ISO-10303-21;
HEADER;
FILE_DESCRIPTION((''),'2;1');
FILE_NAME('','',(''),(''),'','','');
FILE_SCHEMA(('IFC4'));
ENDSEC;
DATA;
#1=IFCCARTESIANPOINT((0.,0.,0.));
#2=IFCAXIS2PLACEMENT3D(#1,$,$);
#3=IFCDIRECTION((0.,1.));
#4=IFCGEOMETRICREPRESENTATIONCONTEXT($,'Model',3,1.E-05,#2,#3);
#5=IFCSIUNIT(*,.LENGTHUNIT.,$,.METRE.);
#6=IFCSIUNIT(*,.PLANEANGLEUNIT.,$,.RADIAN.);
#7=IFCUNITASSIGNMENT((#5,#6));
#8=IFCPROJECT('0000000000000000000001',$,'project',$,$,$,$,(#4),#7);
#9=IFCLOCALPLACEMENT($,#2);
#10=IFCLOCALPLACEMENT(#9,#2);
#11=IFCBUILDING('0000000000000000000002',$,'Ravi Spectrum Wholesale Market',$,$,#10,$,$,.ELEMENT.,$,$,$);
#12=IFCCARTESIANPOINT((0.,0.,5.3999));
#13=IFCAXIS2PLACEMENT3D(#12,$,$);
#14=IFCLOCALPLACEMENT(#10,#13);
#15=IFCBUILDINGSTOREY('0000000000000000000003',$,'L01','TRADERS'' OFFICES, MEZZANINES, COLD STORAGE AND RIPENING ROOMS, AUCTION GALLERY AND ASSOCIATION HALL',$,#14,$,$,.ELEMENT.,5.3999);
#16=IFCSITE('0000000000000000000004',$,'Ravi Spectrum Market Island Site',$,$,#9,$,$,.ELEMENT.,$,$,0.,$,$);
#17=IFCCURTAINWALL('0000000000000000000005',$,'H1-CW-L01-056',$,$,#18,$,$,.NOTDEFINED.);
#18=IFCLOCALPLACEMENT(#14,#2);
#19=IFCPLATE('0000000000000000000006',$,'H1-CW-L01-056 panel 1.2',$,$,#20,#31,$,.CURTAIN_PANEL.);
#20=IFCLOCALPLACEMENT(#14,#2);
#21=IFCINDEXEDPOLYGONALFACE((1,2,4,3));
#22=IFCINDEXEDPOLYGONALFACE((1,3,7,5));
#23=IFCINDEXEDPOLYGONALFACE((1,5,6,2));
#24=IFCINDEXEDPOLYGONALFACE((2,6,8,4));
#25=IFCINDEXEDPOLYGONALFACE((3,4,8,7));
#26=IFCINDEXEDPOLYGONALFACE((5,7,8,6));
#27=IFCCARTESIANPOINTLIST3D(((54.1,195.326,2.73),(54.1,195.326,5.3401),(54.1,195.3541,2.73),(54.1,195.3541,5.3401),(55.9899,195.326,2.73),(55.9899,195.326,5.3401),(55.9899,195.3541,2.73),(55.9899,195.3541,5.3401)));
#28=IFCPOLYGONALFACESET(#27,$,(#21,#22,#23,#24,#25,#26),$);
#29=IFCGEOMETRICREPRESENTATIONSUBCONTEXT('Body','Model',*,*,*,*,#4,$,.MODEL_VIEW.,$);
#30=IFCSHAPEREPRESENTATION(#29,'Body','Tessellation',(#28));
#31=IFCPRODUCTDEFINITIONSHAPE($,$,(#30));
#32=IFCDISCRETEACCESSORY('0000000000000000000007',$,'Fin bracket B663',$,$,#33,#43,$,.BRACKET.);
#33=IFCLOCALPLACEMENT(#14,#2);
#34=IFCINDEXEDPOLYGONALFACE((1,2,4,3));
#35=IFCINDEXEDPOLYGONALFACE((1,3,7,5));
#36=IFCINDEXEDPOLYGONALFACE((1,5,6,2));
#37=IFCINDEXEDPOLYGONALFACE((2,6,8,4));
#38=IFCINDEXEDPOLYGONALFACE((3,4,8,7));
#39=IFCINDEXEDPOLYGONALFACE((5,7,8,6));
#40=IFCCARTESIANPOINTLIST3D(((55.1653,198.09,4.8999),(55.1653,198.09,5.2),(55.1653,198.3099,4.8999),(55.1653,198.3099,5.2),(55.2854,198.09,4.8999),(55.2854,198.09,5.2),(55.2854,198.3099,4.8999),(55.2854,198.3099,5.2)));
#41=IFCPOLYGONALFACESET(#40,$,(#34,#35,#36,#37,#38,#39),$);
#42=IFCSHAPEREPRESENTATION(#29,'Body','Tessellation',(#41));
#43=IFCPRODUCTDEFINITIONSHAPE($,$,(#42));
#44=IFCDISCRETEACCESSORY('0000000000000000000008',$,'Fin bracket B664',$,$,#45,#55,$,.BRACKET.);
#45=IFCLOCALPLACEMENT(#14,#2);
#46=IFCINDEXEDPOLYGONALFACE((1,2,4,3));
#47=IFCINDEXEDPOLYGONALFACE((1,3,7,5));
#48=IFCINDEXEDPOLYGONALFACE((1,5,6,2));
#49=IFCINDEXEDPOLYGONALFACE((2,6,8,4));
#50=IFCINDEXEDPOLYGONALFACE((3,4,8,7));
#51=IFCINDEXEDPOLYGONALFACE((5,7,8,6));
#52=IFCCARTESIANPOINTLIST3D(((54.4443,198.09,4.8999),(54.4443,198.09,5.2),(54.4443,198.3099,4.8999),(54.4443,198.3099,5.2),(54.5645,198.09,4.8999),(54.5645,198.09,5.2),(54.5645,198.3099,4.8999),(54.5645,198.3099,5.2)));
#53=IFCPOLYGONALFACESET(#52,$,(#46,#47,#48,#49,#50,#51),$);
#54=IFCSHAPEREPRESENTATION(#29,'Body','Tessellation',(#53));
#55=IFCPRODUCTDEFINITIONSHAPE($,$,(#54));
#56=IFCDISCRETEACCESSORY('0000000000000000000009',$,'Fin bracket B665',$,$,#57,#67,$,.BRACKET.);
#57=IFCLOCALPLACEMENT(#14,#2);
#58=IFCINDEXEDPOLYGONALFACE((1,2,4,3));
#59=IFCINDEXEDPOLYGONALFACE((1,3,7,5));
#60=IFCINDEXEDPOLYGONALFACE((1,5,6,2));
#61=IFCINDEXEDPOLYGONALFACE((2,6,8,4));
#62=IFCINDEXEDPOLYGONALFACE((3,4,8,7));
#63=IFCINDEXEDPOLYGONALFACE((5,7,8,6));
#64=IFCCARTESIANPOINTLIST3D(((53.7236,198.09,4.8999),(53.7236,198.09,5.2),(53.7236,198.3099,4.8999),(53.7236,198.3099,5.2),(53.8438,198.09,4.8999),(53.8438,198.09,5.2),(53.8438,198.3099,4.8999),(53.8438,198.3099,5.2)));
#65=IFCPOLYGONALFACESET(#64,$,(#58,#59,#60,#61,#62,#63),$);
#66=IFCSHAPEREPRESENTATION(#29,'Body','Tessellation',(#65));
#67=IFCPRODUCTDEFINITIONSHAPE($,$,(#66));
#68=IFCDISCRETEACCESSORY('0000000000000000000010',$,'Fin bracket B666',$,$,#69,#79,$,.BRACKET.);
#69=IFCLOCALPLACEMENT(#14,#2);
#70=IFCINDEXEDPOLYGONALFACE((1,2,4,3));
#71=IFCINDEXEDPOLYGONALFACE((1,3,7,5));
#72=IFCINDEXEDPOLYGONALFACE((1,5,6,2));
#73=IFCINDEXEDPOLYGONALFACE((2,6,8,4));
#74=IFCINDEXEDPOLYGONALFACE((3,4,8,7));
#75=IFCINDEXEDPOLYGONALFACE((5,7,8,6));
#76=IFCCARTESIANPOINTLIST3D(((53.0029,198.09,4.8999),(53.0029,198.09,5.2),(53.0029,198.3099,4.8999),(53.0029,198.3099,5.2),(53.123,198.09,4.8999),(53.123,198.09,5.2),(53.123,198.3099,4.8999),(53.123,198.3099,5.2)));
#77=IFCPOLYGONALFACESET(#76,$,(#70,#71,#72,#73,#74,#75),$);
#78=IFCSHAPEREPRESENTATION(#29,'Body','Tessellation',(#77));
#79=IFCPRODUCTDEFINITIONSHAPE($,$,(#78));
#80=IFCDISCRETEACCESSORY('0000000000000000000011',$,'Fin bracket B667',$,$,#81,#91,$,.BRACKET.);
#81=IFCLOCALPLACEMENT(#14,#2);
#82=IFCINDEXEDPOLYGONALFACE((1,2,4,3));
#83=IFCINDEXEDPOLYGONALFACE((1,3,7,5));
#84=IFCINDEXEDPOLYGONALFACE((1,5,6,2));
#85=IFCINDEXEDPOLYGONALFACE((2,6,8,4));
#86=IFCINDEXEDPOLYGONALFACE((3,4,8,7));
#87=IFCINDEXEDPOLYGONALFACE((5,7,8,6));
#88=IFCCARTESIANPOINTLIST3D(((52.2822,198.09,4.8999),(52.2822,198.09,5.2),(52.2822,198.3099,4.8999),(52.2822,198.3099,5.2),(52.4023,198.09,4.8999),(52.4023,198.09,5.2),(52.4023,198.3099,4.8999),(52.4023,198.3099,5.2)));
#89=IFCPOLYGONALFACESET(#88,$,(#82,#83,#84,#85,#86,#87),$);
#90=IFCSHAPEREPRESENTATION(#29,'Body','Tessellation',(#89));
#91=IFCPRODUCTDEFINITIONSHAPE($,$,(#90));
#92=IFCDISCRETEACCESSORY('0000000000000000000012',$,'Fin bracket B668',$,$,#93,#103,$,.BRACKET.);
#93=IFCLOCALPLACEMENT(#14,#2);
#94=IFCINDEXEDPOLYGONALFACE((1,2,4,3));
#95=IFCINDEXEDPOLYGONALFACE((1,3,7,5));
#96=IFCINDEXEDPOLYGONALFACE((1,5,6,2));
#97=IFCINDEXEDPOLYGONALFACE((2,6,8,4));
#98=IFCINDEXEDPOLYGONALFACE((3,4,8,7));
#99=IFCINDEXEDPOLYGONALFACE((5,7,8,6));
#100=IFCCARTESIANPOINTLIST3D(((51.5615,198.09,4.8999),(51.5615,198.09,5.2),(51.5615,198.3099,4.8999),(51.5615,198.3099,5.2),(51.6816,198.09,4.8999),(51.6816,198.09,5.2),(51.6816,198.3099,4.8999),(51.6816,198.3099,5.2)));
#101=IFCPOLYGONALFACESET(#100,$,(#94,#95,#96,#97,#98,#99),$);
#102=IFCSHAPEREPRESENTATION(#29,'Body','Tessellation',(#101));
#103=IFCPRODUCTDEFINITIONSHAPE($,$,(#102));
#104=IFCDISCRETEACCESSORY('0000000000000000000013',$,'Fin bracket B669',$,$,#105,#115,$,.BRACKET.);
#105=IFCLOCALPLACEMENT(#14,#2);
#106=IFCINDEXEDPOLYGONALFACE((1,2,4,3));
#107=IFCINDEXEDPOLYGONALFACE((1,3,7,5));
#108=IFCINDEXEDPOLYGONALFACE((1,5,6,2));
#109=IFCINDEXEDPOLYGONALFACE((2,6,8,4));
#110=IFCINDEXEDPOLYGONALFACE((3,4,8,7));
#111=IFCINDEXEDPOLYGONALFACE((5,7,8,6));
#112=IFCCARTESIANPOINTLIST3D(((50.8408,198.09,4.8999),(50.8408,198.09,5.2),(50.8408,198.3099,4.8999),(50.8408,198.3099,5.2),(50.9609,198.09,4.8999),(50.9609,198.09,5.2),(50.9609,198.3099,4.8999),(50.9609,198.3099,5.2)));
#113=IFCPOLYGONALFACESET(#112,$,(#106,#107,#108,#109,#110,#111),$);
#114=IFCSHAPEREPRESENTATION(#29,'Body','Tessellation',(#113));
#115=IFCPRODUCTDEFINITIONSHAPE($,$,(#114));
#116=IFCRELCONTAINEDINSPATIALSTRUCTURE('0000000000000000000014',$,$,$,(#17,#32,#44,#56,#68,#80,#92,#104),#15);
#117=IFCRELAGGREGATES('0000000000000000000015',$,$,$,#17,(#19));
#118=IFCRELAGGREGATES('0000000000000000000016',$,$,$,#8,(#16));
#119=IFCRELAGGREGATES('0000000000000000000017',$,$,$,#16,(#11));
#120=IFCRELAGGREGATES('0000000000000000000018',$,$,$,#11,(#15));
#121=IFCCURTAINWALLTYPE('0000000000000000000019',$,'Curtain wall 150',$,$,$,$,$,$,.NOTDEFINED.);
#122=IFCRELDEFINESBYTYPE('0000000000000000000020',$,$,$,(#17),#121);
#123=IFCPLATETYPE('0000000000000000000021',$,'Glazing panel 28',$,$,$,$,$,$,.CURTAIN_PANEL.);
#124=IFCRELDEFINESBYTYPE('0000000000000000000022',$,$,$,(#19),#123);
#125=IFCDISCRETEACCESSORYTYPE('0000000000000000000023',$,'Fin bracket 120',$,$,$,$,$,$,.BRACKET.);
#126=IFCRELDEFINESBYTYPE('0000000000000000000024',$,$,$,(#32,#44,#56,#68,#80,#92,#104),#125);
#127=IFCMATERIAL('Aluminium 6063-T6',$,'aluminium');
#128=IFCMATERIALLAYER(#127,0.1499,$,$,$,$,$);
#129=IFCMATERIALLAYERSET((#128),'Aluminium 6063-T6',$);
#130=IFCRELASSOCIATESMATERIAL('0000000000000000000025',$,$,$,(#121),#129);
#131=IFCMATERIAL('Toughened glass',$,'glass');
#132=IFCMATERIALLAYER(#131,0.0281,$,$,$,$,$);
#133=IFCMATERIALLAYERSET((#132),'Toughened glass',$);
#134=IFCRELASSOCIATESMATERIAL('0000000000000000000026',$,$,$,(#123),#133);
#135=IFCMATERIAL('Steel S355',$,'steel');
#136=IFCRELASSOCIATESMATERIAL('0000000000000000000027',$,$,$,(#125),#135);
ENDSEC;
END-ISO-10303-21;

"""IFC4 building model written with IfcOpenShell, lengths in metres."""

from ifc_helpers import new_model, si_unit, direction, frame, origin, origin_2d, place, context, subcontext, project, spatial, rectangle, extrude, material, layer, layer_set, type_object, element, aggregate, save


model = new_model("IFC4")

# Units and contexts
model_context = context("Model", 3, precision=1e-05, world=origin(), true_north=direction((0.0, 1.0)))
body_context = subcontext(model_context, "Body", "Model", "MODEL_VIEW")
ifc_project = project(units=[si_unit("LENGTHUNIT", "METRE"), si_unit("PLANEANGLEUNIT", "RADIAN")], contexts=[model_context])

# Site, building, storey
site_placement = place(None, origin())
site = spatial("IfcSite", under=ifc_project, at=site_placement, Name="Ravi Spectrum Market Island Site", CompositionType="ELEMENT", RefElevation=0.0)
building_placement = place(site_placement, origin())
building = spatial("IfcBuilding", under=site, at=building_placement, Name="Ravi Spectrum Wholesale Market", CompositionType="ELEMENT")
storey_placement = place(building_placement, frame((0.0, 0.0, 5.3999)))
storey = spatial("IfcBuildingStorey", under=building, at=storey_placement, Name="L01", Description="TRADERS' OFFICES, MEZZANINES, COLD STORAGE AND RIPENING ROOMS, AUCTION GALLERY AND ASSOCIATION HALL", CompositionType="ELEMENT", Elevation=5.3999)

# Shared definitions
ifc_material_1 = material(Name="Aluminium 6063-T6", Category="aluminium")
ifc_layer_1 = layer(ifc_material_1, 0.1499)
ifc_layer_set_1 = layer_set([ifc_layer_1], Name="Aluminium 6063-T6")
curtain_wall_type = type_object("IfcCurtainWallType", Name="Curtain wall 150", PredefinedType="NOTDEFINED", material=ifc_layer_set_1)

# Curtain wall
curtain_wall_1_placement = place(storey_placement, origin())
curtain_wall_1 = element("IfcCurtainWall", 1, at=curtain_wall_1_placement, inside=storey, type_object=curtain_wall_type, Name="H1-CW-L01-056", PredefinedType="NOTDEFINED")

# Plate
ifc_material_2 = material(Name="Toughened glass", Category="glass")
ifc_layer_2 = layer(ifc_material_2, 0.0281)
ifc_layer_set_2 = layer_set([ifc_layer_2], Name="Toughened glass")
plate_type = type_object("IfcPlateType", Name="Glazing panel 28", PredefinedType="CURTAIN_PANEL", material=ifc_layer_set_2)
plate_1_placement = place(storey_placement, frame((55.0449, 195.3401, 2.73), z_axis=(0.0, 0.0, 1.0), x_axis=(1.0, 0.0, 0.0)))
plate_1 = element("IfcPlate", 2, at=plate_1_placement, type_object=plate_type, Name="H1-CW-L01-056 panel 1.2", PredefinedType="CURTAIN_PANEL", context=body_context, shape_type="SweptSolid", body=[
    extrude(rectangle(XDim=1.8899, YDim=0.0281, at=origin_2d()), origin(), (0.0, 0.0, 1.0), 2.6101),
])
aggregate(curtain_wall_1, [plate_1])

# Discrete accessories
ifc_material_3 = material(Name="Steel S355", Category="steel")
discrete_accessory_type = type_object("IfcDiscreteAccessoryType", Name="Fin bracket 120", PredefinedType="BRACKET", material=ifc_material_3)
for number, where, z_axis, x_axis, name in (
    (3, (55.2253, 198.2, 4.8999), (0.0, 0.0, 1.0), (-1.0, 0.0, 0.0), "Fin bracket B663"),
    (4, (54.5044, 198.2, 4.8999), (0.0, 0.0, 1.0), (-1.0, 0.0, 0.0), "Fin bracket B664"),
    (5, (53.7837, 198.2, 4.8999), (0.0, 0.0, 1.0), (-1.0, 0.0, 0.0), "Fin bracket B665"),
    (6, (53.063, 198.2, 4.8999), (0.0, 0.0, 1.0), (-1.0, 0.0, 0.0), "Fin bracket B666"),
    (7, (52.3423, 198.2, 4.8999), (0.0, 0.0, 1.0), (-1.0, 0.0, 0.0), "Fin bracket B667"),
    (8, (51.6216, 198.2, 4.8999), (0.0, 0.0, 1.0), (-1.0, 0.0, 0.0), "Fin bracket B668"),
    (9, (50.9009, 198.2, 4.8999), (0.0, 0.0, 1.0), (-1.0, 0.0, 0.0), "Fin bracket B669"),
):
    element("IfcDiscreteAccessory", number, at=place(storey_placement, frame(where, z_axis=z_axis, x_axis=x_axis)), inside=storey, type_object=discrete_accessory_type, Name=name, PredefinedType="BRACKET", context=body_context, shape_type="SweptSolid", body=[
        extrude(rectangle(XDim=0.1201, YDim=0.22, at=origin_2d()), origin(), (0.0, 0.0, 1.0), 0.3),
    ])

save(model, "model.ifc")
